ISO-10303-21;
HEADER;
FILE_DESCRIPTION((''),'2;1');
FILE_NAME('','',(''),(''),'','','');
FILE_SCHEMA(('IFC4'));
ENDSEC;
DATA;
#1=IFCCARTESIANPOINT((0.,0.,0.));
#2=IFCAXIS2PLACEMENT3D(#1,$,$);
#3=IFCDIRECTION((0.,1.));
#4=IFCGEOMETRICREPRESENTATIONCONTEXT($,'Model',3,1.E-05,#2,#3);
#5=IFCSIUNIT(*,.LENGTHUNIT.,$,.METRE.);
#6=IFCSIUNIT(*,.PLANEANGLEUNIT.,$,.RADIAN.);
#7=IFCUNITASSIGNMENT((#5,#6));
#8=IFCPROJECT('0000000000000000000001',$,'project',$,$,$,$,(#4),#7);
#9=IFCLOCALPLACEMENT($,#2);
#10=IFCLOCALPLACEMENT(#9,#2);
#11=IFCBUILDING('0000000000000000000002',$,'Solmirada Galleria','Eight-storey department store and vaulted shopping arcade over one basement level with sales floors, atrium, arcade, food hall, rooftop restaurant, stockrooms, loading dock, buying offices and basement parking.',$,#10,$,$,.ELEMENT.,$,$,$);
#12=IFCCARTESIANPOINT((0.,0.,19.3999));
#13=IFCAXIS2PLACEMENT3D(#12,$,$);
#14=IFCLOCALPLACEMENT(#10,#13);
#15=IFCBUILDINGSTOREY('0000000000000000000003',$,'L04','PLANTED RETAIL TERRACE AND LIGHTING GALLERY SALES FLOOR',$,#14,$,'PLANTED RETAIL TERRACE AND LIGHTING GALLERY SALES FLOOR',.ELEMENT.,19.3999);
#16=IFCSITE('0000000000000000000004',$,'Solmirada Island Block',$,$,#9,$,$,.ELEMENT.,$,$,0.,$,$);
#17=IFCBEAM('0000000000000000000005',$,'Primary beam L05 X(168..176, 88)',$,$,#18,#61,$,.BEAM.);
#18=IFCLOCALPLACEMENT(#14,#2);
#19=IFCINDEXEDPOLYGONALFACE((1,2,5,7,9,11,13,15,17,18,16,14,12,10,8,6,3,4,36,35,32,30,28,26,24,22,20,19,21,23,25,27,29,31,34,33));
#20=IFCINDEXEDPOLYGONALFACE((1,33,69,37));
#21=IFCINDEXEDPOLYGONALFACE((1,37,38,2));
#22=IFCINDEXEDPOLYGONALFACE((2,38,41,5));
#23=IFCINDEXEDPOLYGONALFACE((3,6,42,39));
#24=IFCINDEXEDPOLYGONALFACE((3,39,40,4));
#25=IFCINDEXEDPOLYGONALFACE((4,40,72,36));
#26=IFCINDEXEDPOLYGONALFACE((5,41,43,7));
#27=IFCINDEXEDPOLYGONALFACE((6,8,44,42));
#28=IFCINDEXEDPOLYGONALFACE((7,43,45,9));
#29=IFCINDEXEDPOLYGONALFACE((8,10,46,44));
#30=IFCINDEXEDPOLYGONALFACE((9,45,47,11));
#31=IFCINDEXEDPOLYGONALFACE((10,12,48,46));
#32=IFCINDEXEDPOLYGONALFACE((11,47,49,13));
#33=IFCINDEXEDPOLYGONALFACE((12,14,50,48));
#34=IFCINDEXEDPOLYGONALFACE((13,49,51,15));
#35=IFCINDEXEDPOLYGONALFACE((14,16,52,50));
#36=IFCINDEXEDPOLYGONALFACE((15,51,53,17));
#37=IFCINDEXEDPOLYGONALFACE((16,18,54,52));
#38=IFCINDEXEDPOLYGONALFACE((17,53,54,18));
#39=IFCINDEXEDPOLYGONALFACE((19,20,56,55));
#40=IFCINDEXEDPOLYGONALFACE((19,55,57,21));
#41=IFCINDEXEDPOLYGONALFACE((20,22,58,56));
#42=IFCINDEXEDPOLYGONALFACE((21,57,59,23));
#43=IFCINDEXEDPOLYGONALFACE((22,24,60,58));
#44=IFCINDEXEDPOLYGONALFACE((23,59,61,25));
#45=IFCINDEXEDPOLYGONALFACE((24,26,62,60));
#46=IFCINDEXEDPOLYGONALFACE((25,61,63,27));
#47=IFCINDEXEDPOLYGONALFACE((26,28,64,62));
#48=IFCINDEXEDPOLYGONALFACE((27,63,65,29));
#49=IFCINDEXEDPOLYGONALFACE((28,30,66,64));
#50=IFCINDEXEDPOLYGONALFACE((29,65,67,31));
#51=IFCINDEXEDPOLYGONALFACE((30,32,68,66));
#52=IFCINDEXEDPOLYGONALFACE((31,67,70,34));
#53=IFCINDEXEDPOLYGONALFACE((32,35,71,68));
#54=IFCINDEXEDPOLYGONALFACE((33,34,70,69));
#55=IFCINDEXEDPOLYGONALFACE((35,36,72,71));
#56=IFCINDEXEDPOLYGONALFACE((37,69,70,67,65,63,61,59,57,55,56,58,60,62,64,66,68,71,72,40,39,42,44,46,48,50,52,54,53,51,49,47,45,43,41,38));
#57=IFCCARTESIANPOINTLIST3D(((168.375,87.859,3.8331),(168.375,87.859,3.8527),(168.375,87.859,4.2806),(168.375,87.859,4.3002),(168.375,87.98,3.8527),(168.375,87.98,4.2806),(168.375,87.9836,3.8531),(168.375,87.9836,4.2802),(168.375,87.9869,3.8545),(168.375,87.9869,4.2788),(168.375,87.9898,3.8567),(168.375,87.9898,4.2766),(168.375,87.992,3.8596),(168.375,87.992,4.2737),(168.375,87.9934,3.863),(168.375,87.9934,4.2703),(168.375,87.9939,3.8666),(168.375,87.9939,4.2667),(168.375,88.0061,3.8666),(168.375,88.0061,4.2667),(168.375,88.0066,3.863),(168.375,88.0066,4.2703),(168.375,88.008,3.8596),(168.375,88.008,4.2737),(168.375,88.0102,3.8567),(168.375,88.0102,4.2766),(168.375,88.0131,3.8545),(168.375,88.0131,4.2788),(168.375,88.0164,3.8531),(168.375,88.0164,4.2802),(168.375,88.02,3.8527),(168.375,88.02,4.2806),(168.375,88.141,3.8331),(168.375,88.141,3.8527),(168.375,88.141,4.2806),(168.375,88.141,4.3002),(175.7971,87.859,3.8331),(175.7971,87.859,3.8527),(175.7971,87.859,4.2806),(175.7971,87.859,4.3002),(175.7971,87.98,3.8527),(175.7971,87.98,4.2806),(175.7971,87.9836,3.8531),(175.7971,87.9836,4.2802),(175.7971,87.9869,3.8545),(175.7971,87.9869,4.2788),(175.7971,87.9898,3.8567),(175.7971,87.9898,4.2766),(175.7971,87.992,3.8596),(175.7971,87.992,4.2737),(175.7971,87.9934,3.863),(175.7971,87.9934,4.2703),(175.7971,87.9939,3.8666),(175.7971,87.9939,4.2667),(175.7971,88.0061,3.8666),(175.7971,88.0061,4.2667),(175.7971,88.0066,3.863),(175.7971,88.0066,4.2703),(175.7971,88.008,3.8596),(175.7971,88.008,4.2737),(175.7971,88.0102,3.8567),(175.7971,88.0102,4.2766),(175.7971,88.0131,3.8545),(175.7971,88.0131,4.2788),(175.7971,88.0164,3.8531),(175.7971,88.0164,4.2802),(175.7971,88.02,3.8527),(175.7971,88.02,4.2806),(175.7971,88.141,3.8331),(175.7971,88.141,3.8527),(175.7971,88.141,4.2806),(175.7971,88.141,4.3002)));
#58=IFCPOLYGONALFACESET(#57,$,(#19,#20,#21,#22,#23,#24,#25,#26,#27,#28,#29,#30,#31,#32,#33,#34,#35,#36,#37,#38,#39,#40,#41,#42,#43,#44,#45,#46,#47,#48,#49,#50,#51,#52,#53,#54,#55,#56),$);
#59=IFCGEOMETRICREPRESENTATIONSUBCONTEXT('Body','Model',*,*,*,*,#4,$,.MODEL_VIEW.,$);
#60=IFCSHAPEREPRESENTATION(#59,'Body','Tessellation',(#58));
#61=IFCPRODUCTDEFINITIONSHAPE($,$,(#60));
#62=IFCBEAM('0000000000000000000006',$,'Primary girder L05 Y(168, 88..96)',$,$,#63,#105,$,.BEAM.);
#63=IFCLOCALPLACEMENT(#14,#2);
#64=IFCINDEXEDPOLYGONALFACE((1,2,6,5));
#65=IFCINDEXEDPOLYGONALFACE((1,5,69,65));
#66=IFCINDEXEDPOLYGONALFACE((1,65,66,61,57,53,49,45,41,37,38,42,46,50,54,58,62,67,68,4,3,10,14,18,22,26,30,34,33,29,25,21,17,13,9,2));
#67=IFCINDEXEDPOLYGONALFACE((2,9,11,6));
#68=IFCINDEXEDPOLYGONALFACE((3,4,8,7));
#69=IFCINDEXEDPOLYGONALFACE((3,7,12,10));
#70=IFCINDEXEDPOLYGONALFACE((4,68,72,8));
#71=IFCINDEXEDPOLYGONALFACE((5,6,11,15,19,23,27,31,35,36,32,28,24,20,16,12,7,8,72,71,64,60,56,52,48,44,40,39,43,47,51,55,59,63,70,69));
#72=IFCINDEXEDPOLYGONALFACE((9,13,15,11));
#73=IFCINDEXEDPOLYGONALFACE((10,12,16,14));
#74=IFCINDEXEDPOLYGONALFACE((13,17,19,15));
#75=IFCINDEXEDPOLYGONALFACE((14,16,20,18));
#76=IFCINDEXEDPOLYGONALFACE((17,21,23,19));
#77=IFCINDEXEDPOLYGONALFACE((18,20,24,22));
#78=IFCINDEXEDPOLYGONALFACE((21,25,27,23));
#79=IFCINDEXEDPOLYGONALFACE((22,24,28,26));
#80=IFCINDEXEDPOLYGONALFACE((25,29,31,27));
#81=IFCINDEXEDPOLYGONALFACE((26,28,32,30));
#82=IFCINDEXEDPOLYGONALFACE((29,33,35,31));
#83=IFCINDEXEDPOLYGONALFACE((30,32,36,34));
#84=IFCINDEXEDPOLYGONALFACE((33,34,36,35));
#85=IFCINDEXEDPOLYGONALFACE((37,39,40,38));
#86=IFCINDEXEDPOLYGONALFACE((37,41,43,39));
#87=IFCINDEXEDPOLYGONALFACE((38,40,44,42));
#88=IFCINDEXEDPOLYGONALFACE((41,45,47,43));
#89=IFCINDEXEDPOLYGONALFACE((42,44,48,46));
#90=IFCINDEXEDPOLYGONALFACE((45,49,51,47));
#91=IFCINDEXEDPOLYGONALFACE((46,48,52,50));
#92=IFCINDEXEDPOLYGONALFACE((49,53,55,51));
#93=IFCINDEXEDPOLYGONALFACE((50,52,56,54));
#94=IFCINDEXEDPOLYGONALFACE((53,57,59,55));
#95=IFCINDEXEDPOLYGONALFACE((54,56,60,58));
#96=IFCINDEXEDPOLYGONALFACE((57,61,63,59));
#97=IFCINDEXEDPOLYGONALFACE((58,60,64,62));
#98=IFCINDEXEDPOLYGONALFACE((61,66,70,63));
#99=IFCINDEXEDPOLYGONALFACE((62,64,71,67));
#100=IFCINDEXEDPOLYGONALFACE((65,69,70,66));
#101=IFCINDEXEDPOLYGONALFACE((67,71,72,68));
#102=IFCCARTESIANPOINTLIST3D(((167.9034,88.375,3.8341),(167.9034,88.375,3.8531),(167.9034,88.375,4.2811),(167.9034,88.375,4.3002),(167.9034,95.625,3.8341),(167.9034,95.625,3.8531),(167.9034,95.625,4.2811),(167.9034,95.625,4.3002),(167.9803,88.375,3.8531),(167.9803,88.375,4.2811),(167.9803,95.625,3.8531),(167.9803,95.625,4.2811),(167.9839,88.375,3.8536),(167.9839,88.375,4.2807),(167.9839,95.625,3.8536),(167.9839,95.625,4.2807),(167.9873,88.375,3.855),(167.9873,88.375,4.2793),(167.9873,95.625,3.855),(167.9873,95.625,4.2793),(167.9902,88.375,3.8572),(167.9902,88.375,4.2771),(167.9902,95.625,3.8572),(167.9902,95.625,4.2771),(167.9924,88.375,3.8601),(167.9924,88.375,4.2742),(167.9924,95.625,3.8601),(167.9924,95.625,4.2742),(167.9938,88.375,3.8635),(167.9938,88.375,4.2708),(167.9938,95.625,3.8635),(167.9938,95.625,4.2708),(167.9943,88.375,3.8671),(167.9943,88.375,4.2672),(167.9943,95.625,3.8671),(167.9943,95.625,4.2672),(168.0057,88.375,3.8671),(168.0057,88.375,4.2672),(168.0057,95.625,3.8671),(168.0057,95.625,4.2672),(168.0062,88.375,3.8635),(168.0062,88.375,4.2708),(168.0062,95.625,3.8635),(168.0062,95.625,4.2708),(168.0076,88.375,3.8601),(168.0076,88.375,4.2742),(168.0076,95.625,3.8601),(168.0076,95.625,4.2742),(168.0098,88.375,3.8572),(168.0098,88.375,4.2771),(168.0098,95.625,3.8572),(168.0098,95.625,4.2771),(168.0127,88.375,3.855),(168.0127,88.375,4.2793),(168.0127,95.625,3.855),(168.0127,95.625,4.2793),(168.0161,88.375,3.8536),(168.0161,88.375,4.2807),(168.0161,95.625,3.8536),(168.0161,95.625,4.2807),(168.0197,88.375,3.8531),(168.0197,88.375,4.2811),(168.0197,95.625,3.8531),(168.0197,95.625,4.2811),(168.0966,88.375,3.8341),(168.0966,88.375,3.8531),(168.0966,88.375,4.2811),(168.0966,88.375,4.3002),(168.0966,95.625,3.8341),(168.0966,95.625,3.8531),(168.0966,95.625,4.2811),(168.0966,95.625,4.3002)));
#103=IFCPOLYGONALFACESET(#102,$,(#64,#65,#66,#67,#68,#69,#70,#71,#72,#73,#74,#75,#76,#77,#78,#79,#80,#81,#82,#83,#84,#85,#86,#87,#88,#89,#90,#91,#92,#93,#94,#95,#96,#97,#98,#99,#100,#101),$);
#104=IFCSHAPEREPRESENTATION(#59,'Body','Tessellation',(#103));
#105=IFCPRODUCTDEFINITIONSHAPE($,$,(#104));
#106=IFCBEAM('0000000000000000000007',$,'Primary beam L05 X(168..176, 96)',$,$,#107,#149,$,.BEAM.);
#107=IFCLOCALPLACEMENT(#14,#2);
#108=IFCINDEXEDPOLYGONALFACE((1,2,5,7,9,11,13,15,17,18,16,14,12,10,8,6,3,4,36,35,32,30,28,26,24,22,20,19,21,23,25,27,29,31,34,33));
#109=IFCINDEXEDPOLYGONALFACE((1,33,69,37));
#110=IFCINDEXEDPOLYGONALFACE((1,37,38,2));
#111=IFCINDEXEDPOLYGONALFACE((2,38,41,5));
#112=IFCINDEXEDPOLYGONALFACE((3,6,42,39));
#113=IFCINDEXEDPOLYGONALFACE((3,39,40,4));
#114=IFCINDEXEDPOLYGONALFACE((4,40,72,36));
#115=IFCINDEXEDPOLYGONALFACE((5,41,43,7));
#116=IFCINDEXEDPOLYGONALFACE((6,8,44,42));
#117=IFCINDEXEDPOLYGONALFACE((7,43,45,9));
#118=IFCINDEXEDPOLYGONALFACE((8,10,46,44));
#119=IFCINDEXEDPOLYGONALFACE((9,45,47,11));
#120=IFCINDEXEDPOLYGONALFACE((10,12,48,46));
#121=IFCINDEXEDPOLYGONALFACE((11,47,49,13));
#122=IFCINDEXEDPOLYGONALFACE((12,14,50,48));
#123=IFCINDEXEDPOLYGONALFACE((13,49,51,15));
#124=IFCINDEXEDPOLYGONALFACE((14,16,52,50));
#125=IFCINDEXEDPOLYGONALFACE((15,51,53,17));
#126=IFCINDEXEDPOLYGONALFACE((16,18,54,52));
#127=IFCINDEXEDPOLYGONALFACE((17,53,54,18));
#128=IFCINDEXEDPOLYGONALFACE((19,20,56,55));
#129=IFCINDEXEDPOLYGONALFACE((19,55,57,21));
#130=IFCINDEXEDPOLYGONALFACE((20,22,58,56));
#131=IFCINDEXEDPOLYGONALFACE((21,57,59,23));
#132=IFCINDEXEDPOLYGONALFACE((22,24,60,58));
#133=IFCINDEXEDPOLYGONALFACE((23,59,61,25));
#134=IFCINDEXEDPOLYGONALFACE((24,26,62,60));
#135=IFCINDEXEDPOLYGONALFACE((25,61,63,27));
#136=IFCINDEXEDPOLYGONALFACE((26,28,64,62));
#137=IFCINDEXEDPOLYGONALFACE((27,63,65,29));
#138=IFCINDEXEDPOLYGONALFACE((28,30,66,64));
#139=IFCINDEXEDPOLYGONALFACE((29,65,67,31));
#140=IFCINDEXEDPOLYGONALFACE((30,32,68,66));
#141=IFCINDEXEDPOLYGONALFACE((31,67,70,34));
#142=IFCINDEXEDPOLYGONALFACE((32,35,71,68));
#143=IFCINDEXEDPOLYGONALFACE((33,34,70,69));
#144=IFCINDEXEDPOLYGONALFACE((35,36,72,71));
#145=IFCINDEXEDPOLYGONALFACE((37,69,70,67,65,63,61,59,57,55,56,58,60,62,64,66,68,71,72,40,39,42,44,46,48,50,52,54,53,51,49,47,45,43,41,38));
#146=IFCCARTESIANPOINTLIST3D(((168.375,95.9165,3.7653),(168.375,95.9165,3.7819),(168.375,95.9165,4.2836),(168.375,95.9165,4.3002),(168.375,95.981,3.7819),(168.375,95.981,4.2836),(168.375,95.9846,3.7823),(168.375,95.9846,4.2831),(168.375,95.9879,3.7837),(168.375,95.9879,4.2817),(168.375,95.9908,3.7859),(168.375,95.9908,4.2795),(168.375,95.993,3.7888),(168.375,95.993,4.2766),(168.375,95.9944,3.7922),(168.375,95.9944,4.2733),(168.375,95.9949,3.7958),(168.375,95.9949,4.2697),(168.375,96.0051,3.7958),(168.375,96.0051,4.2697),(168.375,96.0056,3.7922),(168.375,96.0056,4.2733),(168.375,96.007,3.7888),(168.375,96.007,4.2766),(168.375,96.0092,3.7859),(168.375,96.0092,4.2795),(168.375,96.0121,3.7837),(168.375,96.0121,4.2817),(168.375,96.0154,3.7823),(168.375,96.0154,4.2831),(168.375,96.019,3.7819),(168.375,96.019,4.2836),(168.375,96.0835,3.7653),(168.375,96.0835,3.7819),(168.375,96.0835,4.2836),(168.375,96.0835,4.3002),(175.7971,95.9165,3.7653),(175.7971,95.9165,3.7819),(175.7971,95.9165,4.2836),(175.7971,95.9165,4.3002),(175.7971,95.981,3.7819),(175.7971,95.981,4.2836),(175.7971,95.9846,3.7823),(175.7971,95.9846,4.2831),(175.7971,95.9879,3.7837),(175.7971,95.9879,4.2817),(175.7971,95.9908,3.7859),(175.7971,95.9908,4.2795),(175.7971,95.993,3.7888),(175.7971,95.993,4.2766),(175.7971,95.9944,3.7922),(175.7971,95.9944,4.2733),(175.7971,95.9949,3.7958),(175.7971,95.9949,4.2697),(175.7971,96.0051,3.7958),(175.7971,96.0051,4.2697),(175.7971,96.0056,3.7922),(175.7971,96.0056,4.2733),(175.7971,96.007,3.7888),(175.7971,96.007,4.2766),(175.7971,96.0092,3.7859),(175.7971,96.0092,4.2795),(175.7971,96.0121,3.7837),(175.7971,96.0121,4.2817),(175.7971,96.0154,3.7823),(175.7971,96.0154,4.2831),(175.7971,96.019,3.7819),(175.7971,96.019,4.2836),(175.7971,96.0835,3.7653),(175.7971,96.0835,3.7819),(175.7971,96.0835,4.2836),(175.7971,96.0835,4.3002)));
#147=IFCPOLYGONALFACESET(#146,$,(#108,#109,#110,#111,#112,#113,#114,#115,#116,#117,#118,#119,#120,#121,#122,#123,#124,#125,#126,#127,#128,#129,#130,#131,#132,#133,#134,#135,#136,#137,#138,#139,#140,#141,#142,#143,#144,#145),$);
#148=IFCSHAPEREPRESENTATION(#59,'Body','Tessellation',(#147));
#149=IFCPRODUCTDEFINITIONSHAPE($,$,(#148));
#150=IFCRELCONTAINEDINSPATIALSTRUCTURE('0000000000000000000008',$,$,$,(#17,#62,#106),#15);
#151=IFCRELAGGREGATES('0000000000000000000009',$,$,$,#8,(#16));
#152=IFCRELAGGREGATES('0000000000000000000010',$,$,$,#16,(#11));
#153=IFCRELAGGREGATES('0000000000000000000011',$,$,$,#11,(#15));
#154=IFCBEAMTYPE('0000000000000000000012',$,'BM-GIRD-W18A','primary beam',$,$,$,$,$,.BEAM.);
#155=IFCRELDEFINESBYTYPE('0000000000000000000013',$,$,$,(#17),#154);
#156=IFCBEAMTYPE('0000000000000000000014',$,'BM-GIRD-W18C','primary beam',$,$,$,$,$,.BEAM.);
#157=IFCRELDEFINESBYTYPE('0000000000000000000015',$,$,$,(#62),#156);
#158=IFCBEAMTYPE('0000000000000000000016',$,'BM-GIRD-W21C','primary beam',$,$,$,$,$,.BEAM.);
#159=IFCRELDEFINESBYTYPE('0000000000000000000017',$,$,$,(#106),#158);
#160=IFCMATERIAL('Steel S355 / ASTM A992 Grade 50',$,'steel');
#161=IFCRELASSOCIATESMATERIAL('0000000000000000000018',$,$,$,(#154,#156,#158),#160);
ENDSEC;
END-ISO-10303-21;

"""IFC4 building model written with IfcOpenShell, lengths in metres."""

from ifc_helpers import new_model, si_unit, direction, frame, origin, origin_2d, place, context, subcontext, project, spatial, i_section, extrude, material, material_profile, profile_set, type_object, element, save


model = new_model("IFC4")

# Units and contexts
model_context = context("Model", 3, precision=1e-05, world=origin(), true_north=direction((0.0, 1.0)))
body_context = subcontext(model_context, "Body", "Model", "MODEL_VIEW")
ifc_project = project(units=[si_unit("LENGTHUNIT", "METRE"), si_unit("PLANEANGLEUNIT", "RADIAN")], contexts=[model_context])

# Site, building, storey
site_placement = place(None, origin())
site = spatial("IfcSite", under=ifc_project, at=site_placement, Name="Solmirada Island Block", CompositionType="ELEMENT", RefElevation=0.0)
building_placement = place(site_placement, origin())
building = spatial("IfcBuilding", under=site, at=building_placement, Name="Solmirada Galleria", Description="Eight-storey department store and vaulted shopping arcade over one basement level with sales floors, atrium, arcade, food hall, rooftop restaurant, stockrooms, loading dock, buying offices and basement parking.", CompositionType="ELEMENT")
storey_placement = place(building_placement, frame((0.0, 0.0, 19.3999)))
storey = spatial("IfcBuildingStorey", under=building, at=storey_placement, Name="L04", Description="PLANTED RETAIL TERRACE AND LIGHTING GALLERY SALES FLOOR", LongName="PLANTED RETAIL TERRACE AND LIGHTING GALLERY SALES FLOOR", CompositionType="ELEMENT", Elevation=19.3999)

# Beams
ifc_material_1 = material(Name="Steel S355 / ASTM A992 Grade 50", Category="steel")
ifc_material_profile_1 = material_profile(ifc_material_1, i_section(OverallWidth=0.282, OverallDepth=0.467, WebThickness=0.0122, FlangeThickness=0.0195, FilletRadius=0.0139, at=origin_2d()), Name="W18X86")
ifc_profile_set_1 = profile_set([ifc_material_profile_1], Name="Steel S355 / ASTM A992 Grade 50")
beam_type_1 = type_object("IfcBeamType", Name="BM-GIRD-W18A", Description="primary beam", PredefinedType="BEAM", material=ifc_profile_set_1)
beam_1_placement = place(storey_placement, frame((168.375, 88.0, 4.0667), z_axis=(1.0, 0.0, 0.0), x_axis=(0.0, 1.0, 0.0)))
element("IfcBeam", 1, at=beam_1_placement, inside=storey, type_object=beam_type_1, Name="Primary beam L05 X(168..176, 88)", PredefinedType="BEAM", context=body_context, shape_type="SweptSolid", body=[
    extrude(i_section(OverallWidth=0.282, OverallDepth=0.467, WebThickness=0.0122, FlangeThickness=0.0195, FilletRadius=0.0139, at=origin_2d()), origin(), (0.0, 0.0, 1.0), 7.4221),
])
ifc_material_profile_2 = material_profile(ifc_material_1, i_section(OverallWidth=0.1931, OverallDepth=0.4661, WebThickness=0.0115, FlangeThickness=0.019, FilletRadius=0.0139, at=origin_2d()), Name="W18X65")
ifc_profile_set_2 = profile_set([ifc_material_profile_2], Name="Steel S355 / ASTM A992 Grade 50")
beam_type_2 = type_object("IfcBeamType", Name="BM-GIRD-W18C", Description="primary beam", PredefinedType="BEAM", material=ifc_profile_set_2)
beam_2_placement = place(storey_placement, frame((168.0, 88.375, 4.0671), z_axis=(0.0, 1.0, 0.0), x_axis=(-1.0, 0.0, 0.0)))
element("IfcBeam", 2, at=beam_2_placement, inside=storey, type_object=beam_type_2, Name="Primary girder L05 Y(168, 88..96)", PredefinedType="BEAM", context=body_context, shape_type="SweptSolid", body=[
    extrude(i_section(OverallWidth=0.1931, OverallDepth=0.4661, WebThickness=0.0115, FlangeThickness=0.019, FilletRadius=0.0139, at=origin_2d()), origin(), (0.0, 0.0, 1.0), 7.25),
])
ifc_material_profile_3 = material_profile(ifc_material_1, i_section(OverallWidth=0.167, OverallDepth=0.5349, WebThickness=0.0103, FlangeThickness=0.0166, FilletRadius=0.0139, at=origin_2d()), Name="W21X57")
ifc_profile_set_3 = profile_set([ifc_material_profile_3], Name="Steel S355 / ASTM A992 Grade 50")
beam_type_3 = type_object("IfcBeamType", Name="BM-GIRD-W21C", Description="primary beam", PredefinedType="BEAM", material=ifc_profile_set_3)
beam_3_placement = place(storey_placement, frame((168.375, 96.0, 4.0327), z_axis=(1.0, 0.0, 0.0), x_axis=(0.0, 1.0, 0.0)))
element("IfcBeam", 3, at=beam_3_placement, inside=storey, type_object=beam_type_3, Name="Primary beam L05 X(168..176, 96)", PredefinedType="BEAM", context=body_context, shape_type="SweptSolid", body=[
    extrude(i_section(OverallWidth=0.167, OverallDepth=0.5349, WebThickness=0.0103, FlangeThickness=0.0166, FilletRadius=0.0139, at=origin_2d()), origin(), (0.0, 0.0, 1.0), 7.4221),
])

save(model, "model.ifc")
